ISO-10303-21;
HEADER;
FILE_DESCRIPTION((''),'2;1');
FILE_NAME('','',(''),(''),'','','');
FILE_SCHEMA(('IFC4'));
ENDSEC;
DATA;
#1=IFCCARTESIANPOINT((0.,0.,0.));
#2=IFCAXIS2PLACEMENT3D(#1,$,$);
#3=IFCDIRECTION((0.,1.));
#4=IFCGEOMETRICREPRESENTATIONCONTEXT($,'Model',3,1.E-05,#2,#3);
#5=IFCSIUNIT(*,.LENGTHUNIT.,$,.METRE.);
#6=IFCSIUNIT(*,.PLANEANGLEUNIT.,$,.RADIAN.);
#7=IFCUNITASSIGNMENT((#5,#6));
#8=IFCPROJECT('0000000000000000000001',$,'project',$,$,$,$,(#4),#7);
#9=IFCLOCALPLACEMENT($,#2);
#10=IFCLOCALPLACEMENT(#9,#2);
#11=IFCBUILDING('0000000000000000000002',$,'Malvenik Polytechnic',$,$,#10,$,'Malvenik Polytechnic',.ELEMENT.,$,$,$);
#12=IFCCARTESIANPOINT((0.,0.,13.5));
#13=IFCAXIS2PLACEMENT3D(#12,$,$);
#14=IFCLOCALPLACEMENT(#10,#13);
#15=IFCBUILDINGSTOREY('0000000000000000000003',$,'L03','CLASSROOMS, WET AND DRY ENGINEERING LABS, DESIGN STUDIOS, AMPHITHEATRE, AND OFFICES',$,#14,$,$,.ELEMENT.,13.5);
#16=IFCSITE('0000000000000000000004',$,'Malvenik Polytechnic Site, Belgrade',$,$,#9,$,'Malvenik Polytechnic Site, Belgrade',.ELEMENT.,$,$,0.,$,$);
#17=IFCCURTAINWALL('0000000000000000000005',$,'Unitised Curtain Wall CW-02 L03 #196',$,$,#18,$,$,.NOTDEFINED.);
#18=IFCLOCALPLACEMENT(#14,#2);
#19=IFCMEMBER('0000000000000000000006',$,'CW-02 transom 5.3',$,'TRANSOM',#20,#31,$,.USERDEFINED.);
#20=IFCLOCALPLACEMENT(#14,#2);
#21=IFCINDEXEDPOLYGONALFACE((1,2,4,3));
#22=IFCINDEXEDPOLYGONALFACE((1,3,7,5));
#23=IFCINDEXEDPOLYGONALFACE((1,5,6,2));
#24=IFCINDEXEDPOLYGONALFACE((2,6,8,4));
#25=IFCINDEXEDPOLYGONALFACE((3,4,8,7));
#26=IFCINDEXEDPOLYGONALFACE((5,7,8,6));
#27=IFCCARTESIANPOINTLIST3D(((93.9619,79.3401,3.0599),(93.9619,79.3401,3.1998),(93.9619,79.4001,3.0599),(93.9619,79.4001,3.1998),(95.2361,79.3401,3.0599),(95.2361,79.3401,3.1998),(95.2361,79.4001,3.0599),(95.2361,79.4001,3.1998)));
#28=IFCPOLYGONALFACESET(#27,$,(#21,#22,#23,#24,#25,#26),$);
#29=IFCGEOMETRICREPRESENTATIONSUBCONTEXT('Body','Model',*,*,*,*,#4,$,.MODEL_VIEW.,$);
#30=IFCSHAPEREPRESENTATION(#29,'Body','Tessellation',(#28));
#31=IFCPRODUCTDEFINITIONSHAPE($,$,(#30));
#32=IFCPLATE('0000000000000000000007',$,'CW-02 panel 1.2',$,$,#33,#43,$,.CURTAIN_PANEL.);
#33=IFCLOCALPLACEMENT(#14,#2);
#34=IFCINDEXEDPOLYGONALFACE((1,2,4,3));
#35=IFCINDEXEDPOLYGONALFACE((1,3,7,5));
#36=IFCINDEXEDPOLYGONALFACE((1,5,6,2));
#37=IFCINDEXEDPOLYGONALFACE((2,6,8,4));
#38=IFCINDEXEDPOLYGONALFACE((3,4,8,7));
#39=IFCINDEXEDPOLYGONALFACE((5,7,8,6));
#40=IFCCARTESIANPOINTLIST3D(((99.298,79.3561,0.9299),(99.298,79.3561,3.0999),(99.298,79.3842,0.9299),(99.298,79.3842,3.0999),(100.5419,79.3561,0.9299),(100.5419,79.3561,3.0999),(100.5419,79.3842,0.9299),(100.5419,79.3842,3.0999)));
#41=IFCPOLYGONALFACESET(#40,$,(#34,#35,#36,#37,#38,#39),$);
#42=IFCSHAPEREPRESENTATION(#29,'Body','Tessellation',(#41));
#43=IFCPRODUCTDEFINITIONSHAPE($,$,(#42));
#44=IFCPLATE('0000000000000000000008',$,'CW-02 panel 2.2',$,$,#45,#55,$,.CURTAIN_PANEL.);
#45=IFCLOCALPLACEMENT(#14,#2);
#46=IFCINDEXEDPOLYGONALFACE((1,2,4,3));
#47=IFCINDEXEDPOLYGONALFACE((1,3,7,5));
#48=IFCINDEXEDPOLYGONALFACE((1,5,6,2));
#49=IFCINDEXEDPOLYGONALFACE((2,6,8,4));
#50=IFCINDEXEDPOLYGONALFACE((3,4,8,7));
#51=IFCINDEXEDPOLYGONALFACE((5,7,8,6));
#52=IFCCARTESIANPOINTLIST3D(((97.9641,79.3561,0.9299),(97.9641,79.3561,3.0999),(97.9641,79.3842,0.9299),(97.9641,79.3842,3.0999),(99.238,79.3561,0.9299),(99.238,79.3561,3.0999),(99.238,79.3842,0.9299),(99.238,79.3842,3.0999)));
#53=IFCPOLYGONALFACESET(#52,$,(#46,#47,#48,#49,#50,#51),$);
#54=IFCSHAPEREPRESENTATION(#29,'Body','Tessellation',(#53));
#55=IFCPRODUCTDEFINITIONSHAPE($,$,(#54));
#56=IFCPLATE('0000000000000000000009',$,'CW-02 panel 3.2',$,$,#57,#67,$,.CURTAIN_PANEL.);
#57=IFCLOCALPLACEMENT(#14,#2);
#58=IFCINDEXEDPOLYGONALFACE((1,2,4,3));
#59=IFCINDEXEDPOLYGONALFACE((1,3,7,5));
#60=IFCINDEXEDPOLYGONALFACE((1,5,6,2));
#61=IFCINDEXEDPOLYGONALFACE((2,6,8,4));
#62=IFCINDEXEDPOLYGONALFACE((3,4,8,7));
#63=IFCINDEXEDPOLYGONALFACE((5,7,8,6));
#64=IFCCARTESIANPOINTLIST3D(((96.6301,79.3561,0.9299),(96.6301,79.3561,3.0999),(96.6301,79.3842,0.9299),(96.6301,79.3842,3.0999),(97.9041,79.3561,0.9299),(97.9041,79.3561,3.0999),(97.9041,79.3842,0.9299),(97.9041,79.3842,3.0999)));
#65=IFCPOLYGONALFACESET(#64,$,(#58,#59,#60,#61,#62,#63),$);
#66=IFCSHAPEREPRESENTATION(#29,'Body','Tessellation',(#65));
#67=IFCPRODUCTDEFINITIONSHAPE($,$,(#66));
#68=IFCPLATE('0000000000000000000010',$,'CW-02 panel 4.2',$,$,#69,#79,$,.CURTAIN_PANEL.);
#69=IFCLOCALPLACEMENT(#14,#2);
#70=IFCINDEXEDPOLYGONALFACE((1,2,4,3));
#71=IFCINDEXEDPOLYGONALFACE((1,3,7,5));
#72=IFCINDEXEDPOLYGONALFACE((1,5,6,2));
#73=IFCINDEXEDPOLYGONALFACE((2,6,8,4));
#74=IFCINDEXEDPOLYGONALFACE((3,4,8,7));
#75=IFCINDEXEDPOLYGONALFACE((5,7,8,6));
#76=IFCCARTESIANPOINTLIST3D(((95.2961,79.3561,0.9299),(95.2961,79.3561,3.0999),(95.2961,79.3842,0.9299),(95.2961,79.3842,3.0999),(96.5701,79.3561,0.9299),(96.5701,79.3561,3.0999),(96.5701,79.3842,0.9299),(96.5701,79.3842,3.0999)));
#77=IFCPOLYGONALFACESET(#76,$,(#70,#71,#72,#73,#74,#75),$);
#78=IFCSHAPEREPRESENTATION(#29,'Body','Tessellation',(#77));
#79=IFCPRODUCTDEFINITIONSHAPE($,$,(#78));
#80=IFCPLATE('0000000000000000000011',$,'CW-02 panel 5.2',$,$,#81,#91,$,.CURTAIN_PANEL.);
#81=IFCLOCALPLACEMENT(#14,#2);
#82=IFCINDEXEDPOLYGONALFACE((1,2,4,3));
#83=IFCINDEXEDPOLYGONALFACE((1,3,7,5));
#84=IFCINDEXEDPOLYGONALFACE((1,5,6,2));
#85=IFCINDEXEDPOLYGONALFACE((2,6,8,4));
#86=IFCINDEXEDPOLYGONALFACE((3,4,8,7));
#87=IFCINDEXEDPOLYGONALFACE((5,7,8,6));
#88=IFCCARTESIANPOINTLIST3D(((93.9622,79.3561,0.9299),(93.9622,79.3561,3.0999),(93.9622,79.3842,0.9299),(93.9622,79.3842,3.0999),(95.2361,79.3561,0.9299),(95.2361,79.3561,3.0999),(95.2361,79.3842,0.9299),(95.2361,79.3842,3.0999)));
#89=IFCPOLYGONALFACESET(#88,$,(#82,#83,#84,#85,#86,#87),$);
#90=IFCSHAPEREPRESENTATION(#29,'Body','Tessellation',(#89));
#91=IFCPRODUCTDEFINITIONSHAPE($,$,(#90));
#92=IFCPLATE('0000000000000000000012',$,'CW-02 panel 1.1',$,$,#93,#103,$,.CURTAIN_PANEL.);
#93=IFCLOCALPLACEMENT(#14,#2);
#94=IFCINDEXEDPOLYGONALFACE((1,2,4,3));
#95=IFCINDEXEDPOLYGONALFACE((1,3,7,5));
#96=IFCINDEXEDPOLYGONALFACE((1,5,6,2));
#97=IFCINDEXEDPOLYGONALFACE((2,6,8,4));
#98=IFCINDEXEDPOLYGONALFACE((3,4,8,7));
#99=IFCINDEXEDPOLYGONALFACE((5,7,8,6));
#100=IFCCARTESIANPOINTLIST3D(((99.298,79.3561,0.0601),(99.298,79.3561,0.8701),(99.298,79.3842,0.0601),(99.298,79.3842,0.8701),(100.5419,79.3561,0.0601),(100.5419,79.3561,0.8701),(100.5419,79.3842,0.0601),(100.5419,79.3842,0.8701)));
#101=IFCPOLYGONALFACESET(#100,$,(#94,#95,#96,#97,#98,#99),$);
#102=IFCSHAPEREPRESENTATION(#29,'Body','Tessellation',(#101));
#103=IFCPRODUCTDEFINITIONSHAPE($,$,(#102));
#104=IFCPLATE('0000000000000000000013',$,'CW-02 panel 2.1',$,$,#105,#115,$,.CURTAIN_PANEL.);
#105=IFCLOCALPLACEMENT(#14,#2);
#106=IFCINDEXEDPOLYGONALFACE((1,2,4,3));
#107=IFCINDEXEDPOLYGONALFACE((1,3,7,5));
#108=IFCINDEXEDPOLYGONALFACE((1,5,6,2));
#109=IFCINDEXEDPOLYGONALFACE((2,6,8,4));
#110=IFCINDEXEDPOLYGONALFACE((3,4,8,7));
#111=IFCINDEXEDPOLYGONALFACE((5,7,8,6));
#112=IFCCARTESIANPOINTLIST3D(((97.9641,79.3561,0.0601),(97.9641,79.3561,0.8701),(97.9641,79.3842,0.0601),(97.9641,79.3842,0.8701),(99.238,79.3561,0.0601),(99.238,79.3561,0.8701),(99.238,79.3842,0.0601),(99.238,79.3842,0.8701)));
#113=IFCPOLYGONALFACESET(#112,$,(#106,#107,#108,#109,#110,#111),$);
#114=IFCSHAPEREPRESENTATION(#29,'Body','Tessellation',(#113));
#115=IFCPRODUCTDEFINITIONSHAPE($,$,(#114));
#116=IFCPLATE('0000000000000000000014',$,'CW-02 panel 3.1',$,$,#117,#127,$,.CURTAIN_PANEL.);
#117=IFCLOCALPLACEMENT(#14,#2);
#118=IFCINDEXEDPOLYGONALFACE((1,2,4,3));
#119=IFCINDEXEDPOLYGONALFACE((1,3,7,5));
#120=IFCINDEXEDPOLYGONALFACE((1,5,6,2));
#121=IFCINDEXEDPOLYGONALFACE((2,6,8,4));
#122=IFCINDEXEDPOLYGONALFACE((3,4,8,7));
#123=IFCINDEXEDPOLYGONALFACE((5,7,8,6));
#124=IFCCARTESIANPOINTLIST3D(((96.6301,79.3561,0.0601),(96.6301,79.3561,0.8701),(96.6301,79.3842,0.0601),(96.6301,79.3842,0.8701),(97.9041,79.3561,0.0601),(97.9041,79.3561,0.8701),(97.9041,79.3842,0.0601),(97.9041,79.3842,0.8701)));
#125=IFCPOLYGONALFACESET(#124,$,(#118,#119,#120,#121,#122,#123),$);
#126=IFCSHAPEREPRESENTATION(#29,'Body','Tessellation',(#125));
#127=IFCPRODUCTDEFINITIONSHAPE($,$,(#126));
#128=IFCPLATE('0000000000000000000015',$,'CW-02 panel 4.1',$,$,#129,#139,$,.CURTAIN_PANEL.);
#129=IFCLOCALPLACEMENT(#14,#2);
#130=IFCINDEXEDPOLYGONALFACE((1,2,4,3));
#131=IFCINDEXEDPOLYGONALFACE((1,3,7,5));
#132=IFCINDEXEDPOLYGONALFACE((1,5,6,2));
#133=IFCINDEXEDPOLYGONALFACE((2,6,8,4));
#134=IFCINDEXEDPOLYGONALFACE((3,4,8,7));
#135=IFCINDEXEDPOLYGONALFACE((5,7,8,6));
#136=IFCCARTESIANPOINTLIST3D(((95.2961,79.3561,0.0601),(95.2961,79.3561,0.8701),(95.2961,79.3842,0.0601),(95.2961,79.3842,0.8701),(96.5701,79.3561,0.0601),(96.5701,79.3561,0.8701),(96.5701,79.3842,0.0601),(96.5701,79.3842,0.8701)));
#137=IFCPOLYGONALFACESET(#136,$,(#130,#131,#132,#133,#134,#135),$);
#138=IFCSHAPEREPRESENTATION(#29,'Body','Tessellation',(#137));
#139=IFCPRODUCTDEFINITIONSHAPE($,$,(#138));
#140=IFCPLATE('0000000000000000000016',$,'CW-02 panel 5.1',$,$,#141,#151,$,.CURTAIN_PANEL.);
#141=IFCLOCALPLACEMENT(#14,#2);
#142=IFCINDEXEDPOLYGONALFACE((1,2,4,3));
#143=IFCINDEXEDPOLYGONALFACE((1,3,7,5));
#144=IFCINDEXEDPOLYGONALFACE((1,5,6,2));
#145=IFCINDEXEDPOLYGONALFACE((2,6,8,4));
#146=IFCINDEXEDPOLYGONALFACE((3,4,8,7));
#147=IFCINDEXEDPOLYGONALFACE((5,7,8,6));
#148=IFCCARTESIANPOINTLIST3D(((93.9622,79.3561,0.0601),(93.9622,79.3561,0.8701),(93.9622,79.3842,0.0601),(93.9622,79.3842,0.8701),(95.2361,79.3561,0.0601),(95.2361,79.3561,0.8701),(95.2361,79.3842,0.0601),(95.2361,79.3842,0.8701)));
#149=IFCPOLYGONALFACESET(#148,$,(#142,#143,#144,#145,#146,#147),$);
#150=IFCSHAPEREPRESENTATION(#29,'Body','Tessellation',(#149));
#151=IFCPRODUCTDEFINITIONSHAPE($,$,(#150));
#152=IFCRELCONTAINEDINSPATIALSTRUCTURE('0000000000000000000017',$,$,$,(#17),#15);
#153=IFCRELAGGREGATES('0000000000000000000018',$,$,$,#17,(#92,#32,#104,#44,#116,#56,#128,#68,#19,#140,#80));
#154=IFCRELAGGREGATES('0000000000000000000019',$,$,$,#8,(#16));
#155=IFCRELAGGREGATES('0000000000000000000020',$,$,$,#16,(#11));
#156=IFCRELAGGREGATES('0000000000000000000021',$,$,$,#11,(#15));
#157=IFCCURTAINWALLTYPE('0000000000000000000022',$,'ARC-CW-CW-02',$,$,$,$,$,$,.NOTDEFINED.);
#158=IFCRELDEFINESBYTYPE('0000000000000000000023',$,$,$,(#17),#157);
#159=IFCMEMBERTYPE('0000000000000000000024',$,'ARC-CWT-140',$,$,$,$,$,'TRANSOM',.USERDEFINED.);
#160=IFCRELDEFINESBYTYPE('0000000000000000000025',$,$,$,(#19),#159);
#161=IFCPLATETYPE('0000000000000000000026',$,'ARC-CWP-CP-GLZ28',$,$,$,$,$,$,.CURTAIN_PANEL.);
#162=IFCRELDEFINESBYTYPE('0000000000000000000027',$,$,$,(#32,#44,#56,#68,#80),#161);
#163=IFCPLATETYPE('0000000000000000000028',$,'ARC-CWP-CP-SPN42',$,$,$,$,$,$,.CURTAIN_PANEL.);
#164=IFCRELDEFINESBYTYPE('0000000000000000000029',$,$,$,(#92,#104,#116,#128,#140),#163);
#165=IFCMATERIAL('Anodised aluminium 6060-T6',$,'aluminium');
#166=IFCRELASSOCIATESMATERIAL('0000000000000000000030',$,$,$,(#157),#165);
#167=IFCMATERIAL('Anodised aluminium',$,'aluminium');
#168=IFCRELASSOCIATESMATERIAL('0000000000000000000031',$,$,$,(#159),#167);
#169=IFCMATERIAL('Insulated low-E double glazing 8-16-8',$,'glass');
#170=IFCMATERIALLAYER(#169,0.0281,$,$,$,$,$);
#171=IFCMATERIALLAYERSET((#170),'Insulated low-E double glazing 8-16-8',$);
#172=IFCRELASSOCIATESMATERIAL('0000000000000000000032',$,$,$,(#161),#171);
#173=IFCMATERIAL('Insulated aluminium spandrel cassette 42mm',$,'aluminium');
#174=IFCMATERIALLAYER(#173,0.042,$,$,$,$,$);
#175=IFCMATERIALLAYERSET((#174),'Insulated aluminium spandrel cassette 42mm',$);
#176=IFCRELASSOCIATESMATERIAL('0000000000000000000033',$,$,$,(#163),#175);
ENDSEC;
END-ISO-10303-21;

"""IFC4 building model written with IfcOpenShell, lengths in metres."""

from ifc_helpers import new_model, si_unit, direction, frame, origin, origin_2d, place, context, subcontext, project, spatial, rectangle, extrude, material, layer, layer_set, material_profile, profile_set, type_object, element, aggregate, save


model = new_model("IFC4")

# Units and contexts
model_context = context("Model", 3, precision=1e-05, world=origin(), true_north=direction((0.0, 1.0)))
body_context = subcontext(model_context, "Body", "Model", "MODEL_VIEW")
ifc_project = project(units=[si_unit("LENGTHUNIT", "METRE"), si_unit("PLANEANGLEUNIT", "RADIAN")], contexts=[model_context])

# Site, building, storey
site_placement = place(None, origin())
site = spatial("IfcSite", under=ifc_project, at=site_placement, Name="Malvenik Polytechnic Site, Belgrade", LongName="Malvenik Polytechnic Site, Belgrade", CompositionType="ELEMENT", RefElevation=0.0)
building_placement = place(site_placement, origin())
building = spatial("IfcBuilding", under=site, at=building_placement, Name="Malvenik Polytechnic", LongName="Malvenik Polytechnic", CompositionType="ELEMENT")
storey_placement = place(building_placement, frame((0.0, 0.0, 13.5)))
storey = spatial("IfcBuildingStorey", under=building, at=storey_placement, Name="L03", Description="CLASSROOMS, WET AND DRY ENGINEERING LABS, DESIGN STUDIOS, AMPHITHEATRE, AND OFFICES", CompositionType="ELEMENT", Elevation=13.5)

# Curtain wall, member, plates
ifc_material_1 = material(Name="Anodised aluminium 6060-T6", Category="aluminium")
curtain_wall_type = type_object("IfcCurtainWallType", Name="ARC-CW-CW-02", PredefinedType="NOTDEFINED", material=ifc_material_1)
curtain_wall_placement = place(storey_placement, origin())
curtain_wall = element("IfcCurtainWall", 1, at=curtain_wall_placement, inside=storey, type_object=curtain_wall_type, Name="Unitised Curtain Wall CW-02 L03 #196", PredefinedType="NOTDEFINED")
ifc_material_2 = material(Name="Anodised aluminium", Category="aluminium")
ifc_material_profile_1 = material_profile(ifc_material_2, rectangle(XDim=0.0601, YDim=0.1399, at=origin_2d()), Name="ALU TRANSOM 60x140")
ifc_profile_set_1 = profile_set([ifc_material_profile_1], Name="Anodised aluminium")
member_type_1 = type_object("IfcMemberType", Name="ARC-CWT-140", ElementType="TRANSOM", PredefinedType="USERDEFINED", material=ifc_profile_set_1)
member_1_placement = place(storey_placement, frame((95.2361, 79.3701, 3.1299), z_axis=(-1.0, 0.0, 0.0), x_axis=(0.0, -1.0, 0.0)))
member_1 = element("IfcMember", 2, at=member_1_placement, type_object=member_type_1, Name="CW-02 transom 5.3", ObjectType="TRANSOM", PredefinedType="USERDEFINED", context=body_context, shape_type="SweptSolid", body=[
    extrude(rectangle(XDim=0.0601, YDim=0.1399, at=origin_2d()), origin(), (0.0, 0.0, 1.0), 1.2742),
])
ifc_material_3 = material(Name="Insulated low-E double glazing 8-16-8", Category="glass")
ifc_layer_1 = layer(ifc_material_3, 0.0281)
ifc_layer_set_1 = layer_set([ifc_layer_1], Name="Insulated low-E double glazing 8-16-8")
plate_type_1 = type_object("IfcPlateType", Name="ARC-CWP-CP-GLZ28", PredefinedType="CURTAIN_PANEL", material=ifc_layer_set_1)
plate_1_placement = place(storey_placement, frame((99.9199, 79.3701, 0.9299), z_axis=(0.0, 0.0, 1.0), x_axis=(-1.0, 0.0, 0.0)))
plate_1 = element("IfcPlate", 3, at=plate_1_placement, type_object=plate_type_1, Name="CW-02 panel 1.2", PredefinedType="CURTAIN_PANEL", context=body_context, shape_type="SweptSolid", body=[
    extrude(rectangle(XDim=1.2439, YDim=0.0281, at=origin_2d()), origin(), (0.0, 0.0, 1.0), 2.1699),
])
plate_2_placement = place(storey_placement, frame((98.6011, 79.3701, 0.9299), z_axis=(0.0, 0.0, 1.0), x_axis=(-1.0, 0.0, 0.0)))
plate_2 = element("IfcPlate", 4, at=plate_2_placement, type_object=plate_type_1, Name="CW-02 panel 2.2", PredefinedType="CURTAIN_PANEL", context=body_context, shape_type="SweptSolid", body=[
    extrude(rectangle(XDim=1.2739, YDim=0.0281, at=origin_2d()), origin(), (0.0, 0.0, 1.0), 2.1699),
])
plate_3_placement = place(storey_placement, frame((97.2671, 79.3701, 0.9299), z_axis=(0.0, 0.0, 1.0), x_axis=(-1.0, 0.0, 0.0)))
plate_3 = element("IfcPlate", 5, at=plate_3_placement, type_object=plate_type_1, Name="CW-02 panel 3.2", PredefinedType="CURTAIN_PANEL", context=body_context, shape_type="SweptSolid", body=[
    extrude(rectangle(XDim=1.2739, YDim=0.0281, at=origin_2d()), origin(), (0.0, 0.0, 1.0), 2.1699),
])
plate_4_placement = place(storey_placement, frame((95.9331, 79.3701, 0.9299), z_axis=(0.0, 0.0, 1.0), x_axis=(-1.0, 0.0, 0.0)))
plate_4 = element("IfcPlate", 6, at=plate_4_placement, type_object=plate_type_1, Name="CW-02 panel 4.2", PredefinedType="CURTAIN_PANEL", context=body_context, shape_type="SweptSolid", body=[
    extrude(rectangle(XDim=1.2739, YDim=0.0281, at=origin_2d()), origin(), (0.0, 0.0, 1.0), 2.1699),
])
plate_5_placement = place(storey_placement, frame((94.5991, 79.3701, 0.9299), z_axis=(0.0, 0.0, 1.0), x_axis=(-1.0, 0.0, 0.0)))
plate_5 = element("IfcPlate", 7, at=plate_5_placement, type_object=plate_type_1, Name="CW-02 panel 5.2", PredefinedType="CURTAIN_PANEL", context=body_context, shape_type="SweptSolid", body=[
    extrude(rectangle(XDim=1.2739, YDim=0.0281, at=origin_2d()), origin(), (0.0, 0.0, 1.0), 2.1699),
])
ifc_material_4 = material(Name="Insulated aluminium spandrel cassette 42mm", Category="aluminium")
ifc_layer_2 = layer(ifc_material_4, 0.042)
ifc_layer_set_2 = layer_set([ifc_layer_2], Name="Insulated aluminium spandrel cassette 42mm")
plate_type_2 = type_object("IfcPlateType", Name="ARC-CWP-CP-SPN42", PredefinedType="CURTAIN_PANEL", material=ifc_layer_set_2)
plate_6_placement = place(storey_placement, frame((99.9199, 79.3701, 0.0601), z_axis=(0.0, 0.0, 1.0), x_axis=(-1.0, 0.0, 0.0)))
plate_6 = element("IfcPlate", 8, at=plate_6_placement, type_object=plate_type_2, Name="CW-02 panel 1.1", PredefinedType="CURTAIN_PANEL", context=body_context, shape_type="SweptSolid", body=[
    extrude(rectangle(XDim=1.2439, YDim=0.0281, at=origin_2d()), origin(), (0.0, 0.0, 1.0), 0.8101),
])
plate_7_placement = place(storey_placement, frame((98.6011, 79.3701, 0.0601), z_axis=(0.0, 0.0, 1.0), x_axis=(-1.0, 0.0, 0.0)))
plate_7 = element("IfcPlate", 9, at=plate_7_placement, type_object=plate_type_2, Name="CW-02 panel 2.1", PredefinedType="CURTAIN_PANEL", context=body_context, shape_type="SweptSolid", body=[
    extrude(rectangle(XDim=1.2739, YDim=0.0281, at=origin_2d()), origin(), (0.0, 0.0, 1.0), 0.8101),
])
plate_8_placement = place(storey_placement, frame((97.2671, 79.3701, 0.0601), z_axis=(0.0, 0.0, 1.0), x_axis=(-1.0, 0.0, 0.0)))
plate_8 = element("IfcPlate", 10, at=plate_8_placement, type_object=plate_type_2, Name="CW-02 panel 3.1", PredefinedType="CURTAIN_PANEL", context=body_context, shape_type="SweptSolid", body=[
    extrude(rectangle(XDim=1.2739, YDim=0.0281, at=origin_2d()), origin(), (0.0, 0.0, 1.0), 0.8101),
])
plate_9_placement = place(storey_placement, frame((95.9331, 79.3701, 0.0601), z_axis=(0.0, 0.0, 1.0), x_axis=(-1.0, 0.0, 0.0)))
plate_9 = element("IfcPlate", 11, at=plate_9_placement, type_object=plate_type_2, Name="CW-02 panel 4.1", PredefinedType="CURTAIN_PANEL", context=body_context, shape_type="SweptSolid", body=[
    extrude(rectangle(XDim=1.2739, YDim=0.0281, at=origin_2d()), origin(), (0.0, 0.0, 1.0), 0.8101),
])
plate_10_placement = place(storey_placement, frame((94.5991, 79.3701, 0.0601), z_axis=(0.0, 0.0, 1.0), x_axis=(-1.0, 0.0, 0.0)))
plate_10 = element("IfcPlate", 12, at=plate_10_placement, type_object=plate_type_2, Name="CW-02 panel 5.1", PredefinedType="CURTAIN_PANEL", context=body_context, shape_type="SweptSolid", body=[
    extrude(rectangle(XDim=1.2739, YDim=0.0281, at=origin_2d()), origin(), (0.0, 0.0, 1.0), 0.8101),
])
aggregate(curtain_wall, [plate_6, plate_1, plate_7, plate_2, plate_8, plate_3, plate_9, plate_4, member_1, plate_10, plate_5])

save(model, "model.ifc")
